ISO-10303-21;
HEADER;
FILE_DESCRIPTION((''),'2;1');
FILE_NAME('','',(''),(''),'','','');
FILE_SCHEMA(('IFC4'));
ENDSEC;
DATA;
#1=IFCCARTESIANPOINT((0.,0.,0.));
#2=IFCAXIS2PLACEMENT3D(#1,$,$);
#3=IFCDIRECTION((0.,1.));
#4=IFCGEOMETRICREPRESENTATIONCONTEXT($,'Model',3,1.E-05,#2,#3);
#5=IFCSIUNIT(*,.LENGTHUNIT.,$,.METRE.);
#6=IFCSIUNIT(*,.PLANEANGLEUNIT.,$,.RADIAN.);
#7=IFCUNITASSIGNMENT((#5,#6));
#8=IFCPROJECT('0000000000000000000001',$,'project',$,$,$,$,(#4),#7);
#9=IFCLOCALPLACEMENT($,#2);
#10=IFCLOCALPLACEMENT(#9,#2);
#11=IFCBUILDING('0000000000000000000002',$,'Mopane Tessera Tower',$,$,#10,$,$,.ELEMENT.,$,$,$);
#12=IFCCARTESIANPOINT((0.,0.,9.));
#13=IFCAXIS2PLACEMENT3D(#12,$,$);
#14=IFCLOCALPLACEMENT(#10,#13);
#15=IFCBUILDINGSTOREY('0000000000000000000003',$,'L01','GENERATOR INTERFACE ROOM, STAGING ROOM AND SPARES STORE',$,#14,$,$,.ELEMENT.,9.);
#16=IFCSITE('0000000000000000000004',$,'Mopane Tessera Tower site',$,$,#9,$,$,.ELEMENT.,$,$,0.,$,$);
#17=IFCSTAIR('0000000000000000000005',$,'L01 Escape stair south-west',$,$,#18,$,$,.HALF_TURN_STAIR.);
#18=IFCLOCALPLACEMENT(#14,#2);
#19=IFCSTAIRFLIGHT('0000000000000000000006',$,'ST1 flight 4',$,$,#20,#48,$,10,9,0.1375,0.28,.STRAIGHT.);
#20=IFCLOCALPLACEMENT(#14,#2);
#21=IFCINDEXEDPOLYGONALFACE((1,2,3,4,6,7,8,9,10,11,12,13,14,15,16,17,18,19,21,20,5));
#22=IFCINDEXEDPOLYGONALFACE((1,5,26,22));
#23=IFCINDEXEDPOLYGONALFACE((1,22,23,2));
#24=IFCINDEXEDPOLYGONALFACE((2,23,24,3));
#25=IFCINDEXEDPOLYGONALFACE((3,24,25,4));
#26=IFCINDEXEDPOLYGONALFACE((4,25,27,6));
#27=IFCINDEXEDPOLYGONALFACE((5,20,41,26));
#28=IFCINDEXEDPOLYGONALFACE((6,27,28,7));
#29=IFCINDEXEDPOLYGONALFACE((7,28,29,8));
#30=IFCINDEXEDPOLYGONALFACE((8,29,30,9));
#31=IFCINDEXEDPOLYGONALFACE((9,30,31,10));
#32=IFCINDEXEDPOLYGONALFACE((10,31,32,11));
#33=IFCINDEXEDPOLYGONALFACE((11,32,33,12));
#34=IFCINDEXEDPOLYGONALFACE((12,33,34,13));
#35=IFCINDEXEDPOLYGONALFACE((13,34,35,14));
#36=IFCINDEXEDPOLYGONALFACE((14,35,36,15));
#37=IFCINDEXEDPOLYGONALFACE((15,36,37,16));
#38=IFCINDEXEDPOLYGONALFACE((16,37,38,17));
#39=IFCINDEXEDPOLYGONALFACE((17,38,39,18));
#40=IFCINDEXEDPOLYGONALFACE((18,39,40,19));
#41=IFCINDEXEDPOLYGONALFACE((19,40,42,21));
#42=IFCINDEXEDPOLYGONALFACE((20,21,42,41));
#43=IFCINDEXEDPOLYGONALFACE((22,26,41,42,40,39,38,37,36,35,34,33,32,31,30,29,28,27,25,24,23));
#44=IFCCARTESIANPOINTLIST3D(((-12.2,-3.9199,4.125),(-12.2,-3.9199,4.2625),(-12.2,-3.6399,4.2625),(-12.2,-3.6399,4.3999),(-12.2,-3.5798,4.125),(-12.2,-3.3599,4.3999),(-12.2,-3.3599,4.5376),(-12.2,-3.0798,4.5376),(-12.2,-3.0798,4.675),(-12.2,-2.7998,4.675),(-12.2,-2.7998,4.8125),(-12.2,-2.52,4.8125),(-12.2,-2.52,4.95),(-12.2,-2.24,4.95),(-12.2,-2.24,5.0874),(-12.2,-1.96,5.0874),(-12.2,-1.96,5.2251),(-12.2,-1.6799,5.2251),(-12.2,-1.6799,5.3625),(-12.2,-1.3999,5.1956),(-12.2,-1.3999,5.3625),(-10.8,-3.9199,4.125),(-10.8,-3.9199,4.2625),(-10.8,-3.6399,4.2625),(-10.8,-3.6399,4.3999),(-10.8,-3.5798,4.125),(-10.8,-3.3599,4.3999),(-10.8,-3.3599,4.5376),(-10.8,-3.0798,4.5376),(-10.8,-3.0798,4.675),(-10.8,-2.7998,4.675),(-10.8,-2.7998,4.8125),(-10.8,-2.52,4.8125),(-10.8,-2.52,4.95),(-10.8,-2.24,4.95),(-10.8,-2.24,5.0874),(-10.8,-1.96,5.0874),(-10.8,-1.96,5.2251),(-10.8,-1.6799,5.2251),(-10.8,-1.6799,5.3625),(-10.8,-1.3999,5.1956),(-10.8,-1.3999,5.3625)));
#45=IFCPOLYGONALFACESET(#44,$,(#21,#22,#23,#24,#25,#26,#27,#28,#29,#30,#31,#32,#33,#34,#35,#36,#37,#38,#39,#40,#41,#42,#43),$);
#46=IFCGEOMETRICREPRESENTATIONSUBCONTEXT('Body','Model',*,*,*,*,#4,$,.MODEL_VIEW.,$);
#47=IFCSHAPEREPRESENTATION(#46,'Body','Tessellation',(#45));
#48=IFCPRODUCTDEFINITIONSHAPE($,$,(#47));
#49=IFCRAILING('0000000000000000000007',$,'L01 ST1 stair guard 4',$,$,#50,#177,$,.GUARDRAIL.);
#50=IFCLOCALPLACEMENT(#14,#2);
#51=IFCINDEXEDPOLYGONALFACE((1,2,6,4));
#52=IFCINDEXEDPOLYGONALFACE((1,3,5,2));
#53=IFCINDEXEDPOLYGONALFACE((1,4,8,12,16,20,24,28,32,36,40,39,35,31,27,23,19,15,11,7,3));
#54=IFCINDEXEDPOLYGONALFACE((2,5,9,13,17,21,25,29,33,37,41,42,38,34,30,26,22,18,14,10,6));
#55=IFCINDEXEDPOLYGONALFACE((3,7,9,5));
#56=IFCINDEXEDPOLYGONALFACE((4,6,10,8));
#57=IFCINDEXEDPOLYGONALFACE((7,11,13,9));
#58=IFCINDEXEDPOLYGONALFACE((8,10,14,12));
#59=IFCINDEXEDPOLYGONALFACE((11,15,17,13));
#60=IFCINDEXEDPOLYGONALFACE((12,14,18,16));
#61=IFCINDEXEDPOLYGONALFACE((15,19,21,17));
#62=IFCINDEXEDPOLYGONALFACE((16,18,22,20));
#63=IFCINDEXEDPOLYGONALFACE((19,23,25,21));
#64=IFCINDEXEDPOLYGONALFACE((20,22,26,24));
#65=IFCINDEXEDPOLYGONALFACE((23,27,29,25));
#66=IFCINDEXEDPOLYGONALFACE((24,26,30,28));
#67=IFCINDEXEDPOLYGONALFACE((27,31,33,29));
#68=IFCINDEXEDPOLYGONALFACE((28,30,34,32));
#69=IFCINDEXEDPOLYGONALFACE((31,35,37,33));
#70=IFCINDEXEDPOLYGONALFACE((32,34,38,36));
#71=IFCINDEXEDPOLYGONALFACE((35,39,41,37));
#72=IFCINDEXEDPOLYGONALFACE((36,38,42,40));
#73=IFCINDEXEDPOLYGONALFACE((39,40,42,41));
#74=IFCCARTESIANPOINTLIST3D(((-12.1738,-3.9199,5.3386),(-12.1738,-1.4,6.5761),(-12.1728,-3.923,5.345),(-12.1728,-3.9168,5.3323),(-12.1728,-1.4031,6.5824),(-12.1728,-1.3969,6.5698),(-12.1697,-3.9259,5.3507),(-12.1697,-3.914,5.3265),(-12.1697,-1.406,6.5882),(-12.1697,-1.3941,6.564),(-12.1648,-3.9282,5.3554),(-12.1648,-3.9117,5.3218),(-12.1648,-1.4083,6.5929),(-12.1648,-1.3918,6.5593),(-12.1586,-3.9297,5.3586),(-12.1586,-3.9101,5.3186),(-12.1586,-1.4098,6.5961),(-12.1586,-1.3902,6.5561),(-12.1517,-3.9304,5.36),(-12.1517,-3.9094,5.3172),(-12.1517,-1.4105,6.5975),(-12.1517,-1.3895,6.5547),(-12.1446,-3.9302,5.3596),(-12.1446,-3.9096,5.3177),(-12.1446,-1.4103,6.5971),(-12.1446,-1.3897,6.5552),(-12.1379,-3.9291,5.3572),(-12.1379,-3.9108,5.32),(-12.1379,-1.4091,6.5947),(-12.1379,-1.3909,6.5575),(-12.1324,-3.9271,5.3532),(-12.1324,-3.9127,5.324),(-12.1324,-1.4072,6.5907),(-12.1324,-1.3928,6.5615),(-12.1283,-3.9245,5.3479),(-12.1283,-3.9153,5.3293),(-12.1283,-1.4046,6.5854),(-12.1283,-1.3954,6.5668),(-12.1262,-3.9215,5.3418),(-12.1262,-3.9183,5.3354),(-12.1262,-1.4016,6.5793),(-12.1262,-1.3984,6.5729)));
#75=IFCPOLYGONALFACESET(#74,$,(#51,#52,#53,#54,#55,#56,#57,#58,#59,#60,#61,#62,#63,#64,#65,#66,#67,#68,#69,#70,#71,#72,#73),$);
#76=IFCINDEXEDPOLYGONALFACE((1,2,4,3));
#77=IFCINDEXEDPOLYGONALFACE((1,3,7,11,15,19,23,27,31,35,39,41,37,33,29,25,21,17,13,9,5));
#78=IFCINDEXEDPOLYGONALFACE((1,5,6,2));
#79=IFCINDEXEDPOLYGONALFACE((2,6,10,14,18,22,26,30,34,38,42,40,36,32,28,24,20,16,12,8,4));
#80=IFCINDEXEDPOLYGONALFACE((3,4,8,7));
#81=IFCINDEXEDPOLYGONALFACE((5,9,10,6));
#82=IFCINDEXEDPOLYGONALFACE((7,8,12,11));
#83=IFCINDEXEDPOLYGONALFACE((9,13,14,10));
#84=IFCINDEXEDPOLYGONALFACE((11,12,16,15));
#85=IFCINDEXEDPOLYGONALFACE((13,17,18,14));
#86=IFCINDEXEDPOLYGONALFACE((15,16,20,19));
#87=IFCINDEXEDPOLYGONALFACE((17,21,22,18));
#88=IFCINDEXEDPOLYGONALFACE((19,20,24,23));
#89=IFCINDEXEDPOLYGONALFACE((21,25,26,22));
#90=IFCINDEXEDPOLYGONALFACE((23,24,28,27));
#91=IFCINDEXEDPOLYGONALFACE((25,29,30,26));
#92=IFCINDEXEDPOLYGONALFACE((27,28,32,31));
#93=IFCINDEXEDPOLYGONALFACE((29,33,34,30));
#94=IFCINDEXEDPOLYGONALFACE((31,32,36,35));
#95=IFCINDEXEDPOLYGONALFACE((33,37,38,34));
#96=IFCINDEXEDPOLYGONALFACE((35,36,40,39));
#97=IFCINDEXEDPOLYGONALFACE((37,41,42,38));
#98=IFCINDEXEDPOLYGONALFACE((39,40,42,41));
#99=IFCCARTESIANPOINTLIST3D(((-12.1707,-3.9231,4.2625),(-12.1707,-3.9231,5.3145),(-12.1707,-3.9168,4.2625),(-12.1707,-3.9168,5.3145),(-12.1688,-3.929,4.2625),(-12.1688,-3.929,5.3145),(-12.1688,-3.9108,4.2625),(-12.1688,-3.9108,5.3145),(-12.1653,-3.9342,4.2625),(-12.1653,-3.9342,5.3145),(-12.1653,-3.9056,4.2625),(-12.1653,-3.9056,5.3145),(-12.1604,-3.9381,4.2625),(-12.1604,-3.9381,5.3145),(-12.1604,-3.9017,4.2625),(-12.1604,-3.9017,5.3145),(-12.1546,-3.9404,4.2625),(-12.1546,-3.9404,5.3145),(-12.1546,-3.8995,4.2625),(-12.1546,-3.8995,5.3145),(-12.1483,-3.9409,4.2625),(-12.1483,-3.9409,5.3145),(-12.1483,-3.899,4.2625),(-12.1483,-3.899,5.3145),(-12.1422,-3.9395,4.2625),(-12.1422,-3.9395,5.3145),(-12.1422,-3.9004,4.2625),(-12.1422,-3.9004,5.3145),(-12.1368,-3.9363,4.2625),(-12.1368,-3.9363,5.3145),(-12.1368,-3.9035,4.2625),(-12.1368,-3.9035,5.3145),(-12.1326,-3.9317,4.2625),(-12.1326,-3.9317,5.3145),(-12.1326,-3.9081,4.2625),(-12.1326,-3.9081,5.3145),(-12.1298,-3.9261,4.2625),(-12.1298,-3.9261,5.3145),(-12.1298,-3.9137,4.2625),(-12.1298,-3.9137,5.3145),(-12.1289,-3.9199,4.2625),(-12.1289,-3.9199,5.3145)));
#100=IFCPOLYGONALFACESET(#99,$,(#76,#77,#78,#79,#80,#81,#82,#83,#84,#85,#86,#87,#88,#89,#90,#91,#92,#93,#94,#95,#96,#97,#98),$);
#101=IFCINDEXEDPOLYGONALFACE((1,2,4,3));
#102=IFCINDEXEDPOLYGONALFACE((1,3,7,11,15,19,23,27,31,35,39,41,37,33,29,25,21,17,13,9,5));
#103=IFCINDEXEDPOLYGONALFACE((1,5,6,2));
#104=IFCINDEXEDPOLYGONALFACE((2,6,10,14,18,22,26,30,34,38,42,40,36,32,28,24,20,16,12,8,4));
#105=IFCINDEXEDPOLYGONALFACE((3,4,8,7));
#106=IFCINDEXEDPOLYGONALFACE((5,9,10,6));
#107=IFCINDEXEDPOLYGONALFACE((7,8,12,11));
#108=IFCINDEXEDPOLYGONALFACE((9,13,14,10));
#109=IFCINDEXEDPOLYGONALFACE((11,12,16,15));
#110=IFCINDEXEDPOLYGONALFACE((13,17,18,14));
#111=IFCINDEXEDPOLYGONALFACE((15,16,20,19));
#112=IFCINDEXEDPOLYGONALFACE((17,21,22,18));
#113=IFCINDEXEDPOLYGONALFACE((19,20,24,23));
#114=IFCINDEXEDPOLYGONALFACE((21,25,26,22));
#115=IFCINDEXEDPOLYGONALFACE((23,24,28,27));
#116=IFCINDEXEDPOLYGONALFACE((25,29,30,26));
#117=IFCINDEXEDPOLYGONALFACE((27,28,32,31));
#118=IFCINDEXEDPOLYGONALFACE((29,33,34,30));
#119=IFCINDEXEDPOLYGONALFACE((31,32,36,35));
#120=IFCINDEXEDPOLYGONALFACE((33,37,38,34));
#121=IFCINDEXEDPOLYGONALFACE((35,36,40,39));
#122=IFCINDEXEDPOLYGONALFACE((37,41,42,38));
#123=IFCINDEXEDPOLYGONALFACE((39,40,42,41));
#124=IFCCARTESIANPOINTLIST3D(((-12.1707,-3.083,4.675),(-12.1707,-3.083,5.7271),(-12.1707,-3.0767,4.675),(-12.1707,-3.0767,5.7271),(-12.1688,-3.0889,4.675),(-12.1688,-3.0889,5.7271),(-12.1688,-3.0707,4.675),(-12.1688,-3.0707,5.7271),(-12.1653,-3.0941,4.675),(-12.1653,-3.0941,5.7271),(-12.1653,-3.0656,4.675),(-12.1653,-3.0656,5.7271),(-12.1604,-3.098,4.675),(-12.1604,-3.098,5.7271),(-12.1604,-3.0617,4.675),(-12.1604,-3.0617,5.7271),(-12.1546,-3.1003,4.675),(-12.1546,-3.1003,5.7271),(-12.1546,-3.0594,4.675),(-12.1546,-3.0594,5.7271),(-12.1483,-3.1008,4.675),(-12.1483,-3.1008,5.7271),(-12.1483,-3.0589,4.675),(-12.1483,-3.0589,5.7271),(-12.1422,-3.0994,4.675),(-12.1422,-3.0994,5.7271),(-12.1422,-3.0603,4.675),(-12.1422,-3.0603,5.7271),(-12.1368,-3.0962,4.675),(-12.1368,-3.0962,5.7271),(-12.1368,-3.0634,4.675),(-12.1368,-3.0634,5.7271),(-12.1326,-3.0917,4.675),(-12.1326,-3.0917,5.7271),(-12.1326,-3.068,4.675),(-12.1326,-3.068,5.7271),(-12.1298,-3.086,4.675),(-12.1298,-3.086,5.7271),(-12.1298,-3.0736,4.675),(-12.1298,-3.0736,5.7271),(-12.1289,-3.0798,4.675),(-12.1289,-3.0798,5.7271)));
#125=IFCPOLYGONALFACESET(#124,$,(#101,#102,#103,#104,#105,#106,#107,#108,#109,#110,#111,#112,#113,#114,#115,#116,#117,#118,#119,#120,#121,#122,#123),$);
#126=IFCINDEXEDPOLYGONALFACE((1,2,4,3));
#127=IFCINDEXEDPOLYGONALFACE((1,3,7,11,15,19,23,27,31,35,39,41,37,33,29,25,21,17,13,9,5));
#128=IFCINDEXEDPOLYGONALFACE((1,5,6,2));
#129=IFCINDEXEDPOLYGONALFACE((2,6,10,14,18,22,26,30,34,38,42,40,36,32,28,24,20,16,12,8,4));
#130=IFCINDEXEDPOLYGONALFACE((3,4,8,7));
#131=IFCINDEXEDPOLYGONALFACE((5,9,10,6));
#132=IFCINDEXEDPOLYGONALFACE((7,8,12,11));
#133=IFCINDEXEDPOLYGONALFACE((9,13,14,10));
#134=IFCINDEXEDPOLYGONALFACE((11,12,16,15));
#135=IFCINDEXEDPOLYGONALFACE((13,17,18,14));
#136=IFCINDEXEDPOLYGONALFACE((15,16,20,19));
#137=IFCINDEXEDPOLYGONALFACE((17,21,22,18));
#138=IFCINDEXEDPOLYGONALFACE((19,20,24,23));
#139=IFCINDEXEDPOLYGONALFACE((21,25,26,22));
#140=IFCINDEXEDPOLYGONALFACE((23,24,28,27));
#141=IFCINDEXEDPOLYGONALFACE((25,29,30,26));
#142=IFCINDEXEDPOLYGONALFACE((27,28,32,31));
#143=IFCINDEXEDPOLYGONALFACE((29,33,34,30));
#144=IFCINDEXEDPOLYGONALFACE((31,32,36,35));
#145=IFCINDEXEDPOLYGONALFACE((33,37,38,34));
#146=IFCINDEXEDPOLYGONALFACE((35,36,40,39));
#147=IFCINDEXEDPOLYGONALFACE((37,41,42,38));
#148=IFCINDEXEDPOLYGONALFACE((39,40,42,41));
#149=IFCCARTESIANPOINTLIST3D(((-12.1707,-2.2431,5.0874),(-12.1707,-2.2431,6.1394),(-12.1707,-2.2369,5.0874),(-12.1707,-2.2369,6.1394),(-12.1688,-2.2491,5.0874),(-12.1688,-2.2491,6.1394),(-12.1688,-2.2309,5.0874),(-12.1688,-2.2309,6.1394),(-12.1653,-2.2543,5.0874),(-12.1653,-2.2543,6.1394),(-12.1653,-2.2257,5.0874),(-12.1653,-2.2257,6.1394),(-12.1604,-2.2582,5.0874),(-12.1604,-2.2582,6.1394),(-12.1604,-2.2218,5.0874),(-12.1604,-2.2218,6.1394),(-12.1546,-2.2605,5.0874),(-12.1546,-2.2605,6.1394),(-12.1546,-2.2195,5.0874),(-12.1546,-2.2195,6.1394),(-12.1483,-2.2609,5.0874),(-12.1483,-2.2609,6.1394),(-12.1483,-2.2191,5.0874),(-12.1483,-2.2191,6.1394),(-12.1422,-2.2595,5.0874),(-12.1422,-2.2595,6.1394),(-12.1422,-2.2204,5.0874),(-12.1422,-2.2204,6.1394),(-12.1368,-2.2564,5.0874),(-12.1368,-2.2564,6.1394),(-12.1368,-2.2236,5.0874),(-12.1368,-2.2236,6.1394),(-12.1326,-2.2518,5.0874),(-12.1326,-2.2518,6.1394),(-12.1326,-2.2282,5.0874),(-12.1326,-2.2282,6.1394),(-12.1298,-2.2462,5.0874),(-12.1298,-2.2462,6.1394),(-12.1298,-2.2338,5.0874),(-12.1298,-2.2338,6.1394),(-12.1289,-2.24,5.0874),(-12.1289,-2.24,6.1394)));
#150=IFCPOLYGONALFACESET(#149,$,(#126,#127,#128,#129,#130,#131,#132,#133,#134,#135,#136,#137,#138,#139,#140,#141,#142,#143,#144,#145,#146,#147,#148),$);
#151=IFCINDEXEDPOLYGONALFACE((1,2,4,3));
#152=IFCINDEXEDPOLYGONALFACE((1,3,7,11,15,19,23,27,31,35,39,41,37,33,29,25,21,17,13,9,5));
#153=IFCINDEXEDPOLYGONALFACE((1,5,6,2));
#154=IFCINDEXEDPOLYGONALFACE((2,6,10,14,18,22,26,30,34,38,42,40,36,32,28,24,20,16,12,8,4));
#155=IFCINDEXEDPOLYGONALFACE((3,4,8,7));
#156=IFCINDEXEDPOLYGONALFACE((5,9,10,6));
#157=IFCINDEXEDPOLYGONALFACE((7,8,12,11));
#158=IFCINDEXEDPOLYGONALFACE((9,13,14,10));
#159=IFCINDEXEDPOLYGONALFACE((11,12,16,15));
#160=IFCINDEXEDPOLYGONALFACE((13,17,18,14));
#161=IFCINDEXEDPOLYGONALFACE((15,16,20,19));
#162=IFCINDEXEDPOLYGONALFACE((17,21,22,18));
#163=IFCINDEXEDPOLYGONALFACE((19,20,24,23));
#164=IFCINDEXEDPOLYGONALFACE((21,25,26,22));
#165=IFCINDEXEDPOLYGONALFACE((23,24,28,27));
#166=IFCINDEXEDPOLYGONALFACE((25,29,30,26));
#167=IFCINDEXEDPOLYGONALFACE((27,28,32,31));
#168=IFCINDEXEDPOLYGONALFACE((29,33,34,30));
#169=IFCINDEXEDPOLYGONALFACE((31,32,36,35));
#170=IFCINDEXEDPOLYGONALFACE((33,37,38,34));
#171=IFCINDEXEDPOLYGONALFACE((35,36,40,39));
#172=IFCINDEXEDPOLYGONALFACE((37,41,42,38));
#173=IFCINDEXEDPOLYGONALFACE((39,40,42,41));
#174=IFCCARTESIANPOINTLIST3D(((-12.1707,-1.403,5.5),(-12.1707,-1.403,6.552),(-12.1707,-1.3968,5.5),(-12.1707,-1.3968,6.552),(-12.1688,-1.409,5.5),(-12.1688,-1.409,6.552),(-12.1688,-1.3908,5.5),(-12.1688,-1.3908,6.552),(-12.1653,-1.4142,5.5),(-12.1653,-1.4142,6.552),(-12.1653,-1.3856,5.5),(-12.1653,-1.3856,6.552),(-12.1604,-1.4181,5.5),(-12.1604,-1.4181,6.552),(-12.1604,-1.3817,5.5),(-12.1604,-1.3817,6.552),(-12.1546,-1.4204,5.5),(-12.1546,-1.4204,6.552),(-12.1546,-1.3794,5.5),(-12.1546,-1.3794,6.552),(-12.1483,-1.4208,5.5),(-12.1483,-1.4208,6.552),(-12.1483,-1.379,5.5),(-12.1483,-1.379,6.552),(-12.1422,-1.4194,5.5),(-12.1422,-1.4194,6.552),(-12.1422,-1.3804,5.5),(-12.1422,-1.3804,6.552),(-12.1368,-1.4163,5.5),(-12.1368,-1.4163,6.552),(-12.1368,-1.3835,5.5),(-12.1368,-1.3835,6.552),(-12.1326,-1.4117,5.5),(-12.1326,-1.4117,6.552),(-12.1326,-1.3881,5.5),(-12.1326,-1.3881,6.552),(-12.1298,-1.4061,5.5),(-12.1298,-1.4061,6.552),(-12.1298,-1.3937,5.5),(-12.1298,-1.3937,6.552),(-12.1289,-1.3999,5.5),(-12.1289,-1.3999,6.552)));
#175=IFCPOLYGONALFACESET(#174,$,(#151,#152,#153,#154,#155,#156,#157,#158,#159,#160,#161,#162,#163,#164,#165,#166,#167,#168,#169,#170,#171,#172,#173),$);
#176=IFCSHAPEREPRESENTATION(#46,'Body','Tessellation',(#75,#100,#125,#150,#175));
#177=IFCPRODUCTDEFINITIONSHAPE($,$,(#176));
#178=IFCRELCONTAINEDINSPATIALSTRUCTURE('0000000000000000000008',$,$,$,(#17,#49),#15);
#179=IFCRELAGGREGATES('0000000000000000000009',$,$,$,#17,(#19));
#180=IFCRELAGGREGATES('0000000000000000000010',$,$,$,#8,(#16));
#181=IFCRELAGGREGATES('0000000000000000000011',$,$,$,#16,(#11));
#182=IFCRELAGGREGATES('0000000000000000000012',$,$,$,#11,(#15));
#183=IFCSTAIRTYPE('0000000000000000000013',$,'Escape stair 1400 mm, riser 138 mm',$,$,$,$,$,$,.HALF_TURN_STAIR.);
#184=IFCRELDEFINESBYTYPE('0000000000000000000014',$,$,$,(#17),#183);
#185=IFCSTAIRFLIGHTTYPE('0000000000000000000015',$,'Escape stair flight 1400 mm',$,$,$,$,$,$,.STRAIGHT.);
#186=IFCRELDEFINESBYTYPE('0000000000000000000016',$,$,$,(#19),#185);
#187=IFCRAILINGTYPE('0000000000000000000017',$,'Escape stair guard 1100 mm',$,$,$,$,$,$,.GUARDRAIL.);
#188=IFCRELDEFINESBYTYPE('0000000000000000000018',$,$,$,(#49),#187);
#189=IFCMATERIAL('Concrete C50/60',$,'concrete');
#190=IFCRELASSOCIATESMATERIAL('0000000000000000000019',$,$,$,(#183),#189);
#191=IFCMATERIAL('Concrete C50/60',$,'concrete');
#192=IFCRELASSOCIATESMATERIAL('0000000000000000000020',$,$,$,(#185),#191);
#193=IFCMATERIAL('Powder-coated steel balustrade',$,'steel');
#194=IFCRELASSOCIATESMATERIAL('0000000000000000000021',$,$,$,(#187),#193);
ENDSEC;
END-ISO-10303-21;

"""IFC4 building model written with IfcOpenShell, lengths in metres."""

from ifc_helpers import new_model, si_unit, direction, frame, origin, origin_2d, place, context, subcontext, project, spatial, polyline, circle, outline, extrude, material, type_object, element, aggregate, save


model = new_model("IFC4")

# Units and contexts
model_context = context("Model", 3, precision=1e-05, world=origin(), true_north=direction((0.0, 1.0)))
body_context = subcontext(model_context, "Body", "Model", "MODEL_VIEW")
ifc_project = project(units=[si_unit("LENGTHUNIT", "METRE"), si_unit("PLANEANGLEUNIT", "RADIAN")], contexts=[model_context])

# Site, building, storey
site_placement = place(None, origin())
site = spatial("IfcSite", under=ifc_project, at=site_placement, Name="Mopane Tessera Tower site", CompositionType="ELEMENT", RefElevation=0.0)
building_placement = place(site_placement, origin())
building = spatial("IfcBuilding", under=site, at=building_placement, Name="Mopane Tessera Tower", CompositionType="ELEMENT")
storey_placement = place(building_placement, frame((0.0, 0.0, 9.0)))
storey = spatial("IfcBuildingStorey", under=building, at=storey_placement, Name="L01", Description="GENERATOR INTERFACE ROOM, STAGING ROOM AND SPARES STORE", CompositionType="ELEMENT", Elevation=9.0)

# Stair, stair flight
ifc_material_1 = material(Name="Concrete C50/60", Category="concrete")
stair_type = type_object("IfcStairType", Name="Escape stair 1400 mm, riser 138 mm", PredefinedType="HALF_TURN_STAIR", material=ifc_material_1)
stair_placement = place(storey_placement, origin())
stair = element("IfcStair", 1, at=stair_placement, inside=storey, type_object=stair_type, Name="L01 Escape stair south-west", PredefinedType="HALF_TURN_STAIR")
ifc_material_2 = material(Name="Concrete C50/60", Category="concrete")
stair_flight_type = type_object("IfcStairFlightType", Name="Escape stair flight 1400 mm", PredefinedType="STRAIGHT", material=ifc_material_2)
stair_flight_1_placement = place(storey_placement, frame((-11.5, -3.9199, 4.125), z_axis=(0.0, 0.0, 1.0), x_axis=(0.0, 1.0, 0.0)))
stair_flight_1 = element("IfcStairFlight", 2, at=stair_flight_1_placement, type_object=stair_flight_type, Name="ST1 flight 4", NumberOfRisers=10, NumberOfTreads=9, PredefinedType="STRAIGHT", RiserHeight=0.1375, TreadLength=0.28, context=body_context, shape_type="SweptSolid", body=[
    extrude(outline(polyline([(0.0, 0.0), (0.0, 0.1375), (0.28, 0.1375), (0.28, 0.2749), (0.5601, 0.2749), (0.5601, 0.4126), (0.8401, 0.4126), (0.8401, 0.55), (1.1201, 0.55), (1.1201, 0.6875), (1.3999, 0.6875), (1.3999, 0.825), (1.6799, 0.825), (1.6799, 0.9624), (1.96, 0.9624), (1.96, 1.1001), (2.24, 1.1001), (2.24, 1.2375), (2.52, 1.2375), (2.52, 1.375), (2.52, 1.0706), (0.3401, 0.0), (0.0, 0.0)])), frame((0.0, 0.7, 0.0), z_axis=(0.0, -1.0, 0.0), x_axis=(1.0, 0.0, 0.0)), (0.0, 0.0, 1.0), 1.3999),
])
aggregate(stair, [stair_flight_1])

# Railing
ifc_material_3 = material(Name="Powder-coated steel balustrade", Category="steel")
railing_type_1 = type_object("IfcRailingType", Name="Escape stair guard 1100 mm", PredefinedType="GUARDRAIL", material=ifc_material_3)
railing_1_placement = place(storey_placement, frame((-12.1499, -3.9199, 4.2625)))
element("IfcRailing", 3, at=railing_1_placement, inside=storey, type_object=railing_type_1, Name="L01 ST1 stair guard 4", PredefinedType="GUARDRAIL", context=body_context, shape_type="SweptSolid", body=[
    extrude(circle(Radius=0.0239, at=origin_2d()), frame((0.0, 0.0, 1.0762), z_axis=(0.0, 0.897604, 0.440802), x_axis=(-1.0, 0.0, 0.0)), (0.0, 0.0, 1.0), 2.8074),
    extrude(circle(Radius=0.021, at=origin_2d()), origin(), (0.0, 0.0, 1.0), 1.052),
    extrude(circle(Radius=0.021, at=origin_2d()), frame((0.0, 0.8401, 0.4126)), (0.0, 0.0, 1.0), 1.052),
    extrude(circle(Radius=0.021, at=origin_2d()), frame((0.0, 1.6799, 0.825)), (0.0, 0.0, 1.0), 1.052),
    extrude(circle(Radius=0.021, at=origin_2d()), frame((0.0, 2.52, 1.2375)), (0.0, 0.0, 1.0), 1.052),
])

save(model, "model.ifc")
